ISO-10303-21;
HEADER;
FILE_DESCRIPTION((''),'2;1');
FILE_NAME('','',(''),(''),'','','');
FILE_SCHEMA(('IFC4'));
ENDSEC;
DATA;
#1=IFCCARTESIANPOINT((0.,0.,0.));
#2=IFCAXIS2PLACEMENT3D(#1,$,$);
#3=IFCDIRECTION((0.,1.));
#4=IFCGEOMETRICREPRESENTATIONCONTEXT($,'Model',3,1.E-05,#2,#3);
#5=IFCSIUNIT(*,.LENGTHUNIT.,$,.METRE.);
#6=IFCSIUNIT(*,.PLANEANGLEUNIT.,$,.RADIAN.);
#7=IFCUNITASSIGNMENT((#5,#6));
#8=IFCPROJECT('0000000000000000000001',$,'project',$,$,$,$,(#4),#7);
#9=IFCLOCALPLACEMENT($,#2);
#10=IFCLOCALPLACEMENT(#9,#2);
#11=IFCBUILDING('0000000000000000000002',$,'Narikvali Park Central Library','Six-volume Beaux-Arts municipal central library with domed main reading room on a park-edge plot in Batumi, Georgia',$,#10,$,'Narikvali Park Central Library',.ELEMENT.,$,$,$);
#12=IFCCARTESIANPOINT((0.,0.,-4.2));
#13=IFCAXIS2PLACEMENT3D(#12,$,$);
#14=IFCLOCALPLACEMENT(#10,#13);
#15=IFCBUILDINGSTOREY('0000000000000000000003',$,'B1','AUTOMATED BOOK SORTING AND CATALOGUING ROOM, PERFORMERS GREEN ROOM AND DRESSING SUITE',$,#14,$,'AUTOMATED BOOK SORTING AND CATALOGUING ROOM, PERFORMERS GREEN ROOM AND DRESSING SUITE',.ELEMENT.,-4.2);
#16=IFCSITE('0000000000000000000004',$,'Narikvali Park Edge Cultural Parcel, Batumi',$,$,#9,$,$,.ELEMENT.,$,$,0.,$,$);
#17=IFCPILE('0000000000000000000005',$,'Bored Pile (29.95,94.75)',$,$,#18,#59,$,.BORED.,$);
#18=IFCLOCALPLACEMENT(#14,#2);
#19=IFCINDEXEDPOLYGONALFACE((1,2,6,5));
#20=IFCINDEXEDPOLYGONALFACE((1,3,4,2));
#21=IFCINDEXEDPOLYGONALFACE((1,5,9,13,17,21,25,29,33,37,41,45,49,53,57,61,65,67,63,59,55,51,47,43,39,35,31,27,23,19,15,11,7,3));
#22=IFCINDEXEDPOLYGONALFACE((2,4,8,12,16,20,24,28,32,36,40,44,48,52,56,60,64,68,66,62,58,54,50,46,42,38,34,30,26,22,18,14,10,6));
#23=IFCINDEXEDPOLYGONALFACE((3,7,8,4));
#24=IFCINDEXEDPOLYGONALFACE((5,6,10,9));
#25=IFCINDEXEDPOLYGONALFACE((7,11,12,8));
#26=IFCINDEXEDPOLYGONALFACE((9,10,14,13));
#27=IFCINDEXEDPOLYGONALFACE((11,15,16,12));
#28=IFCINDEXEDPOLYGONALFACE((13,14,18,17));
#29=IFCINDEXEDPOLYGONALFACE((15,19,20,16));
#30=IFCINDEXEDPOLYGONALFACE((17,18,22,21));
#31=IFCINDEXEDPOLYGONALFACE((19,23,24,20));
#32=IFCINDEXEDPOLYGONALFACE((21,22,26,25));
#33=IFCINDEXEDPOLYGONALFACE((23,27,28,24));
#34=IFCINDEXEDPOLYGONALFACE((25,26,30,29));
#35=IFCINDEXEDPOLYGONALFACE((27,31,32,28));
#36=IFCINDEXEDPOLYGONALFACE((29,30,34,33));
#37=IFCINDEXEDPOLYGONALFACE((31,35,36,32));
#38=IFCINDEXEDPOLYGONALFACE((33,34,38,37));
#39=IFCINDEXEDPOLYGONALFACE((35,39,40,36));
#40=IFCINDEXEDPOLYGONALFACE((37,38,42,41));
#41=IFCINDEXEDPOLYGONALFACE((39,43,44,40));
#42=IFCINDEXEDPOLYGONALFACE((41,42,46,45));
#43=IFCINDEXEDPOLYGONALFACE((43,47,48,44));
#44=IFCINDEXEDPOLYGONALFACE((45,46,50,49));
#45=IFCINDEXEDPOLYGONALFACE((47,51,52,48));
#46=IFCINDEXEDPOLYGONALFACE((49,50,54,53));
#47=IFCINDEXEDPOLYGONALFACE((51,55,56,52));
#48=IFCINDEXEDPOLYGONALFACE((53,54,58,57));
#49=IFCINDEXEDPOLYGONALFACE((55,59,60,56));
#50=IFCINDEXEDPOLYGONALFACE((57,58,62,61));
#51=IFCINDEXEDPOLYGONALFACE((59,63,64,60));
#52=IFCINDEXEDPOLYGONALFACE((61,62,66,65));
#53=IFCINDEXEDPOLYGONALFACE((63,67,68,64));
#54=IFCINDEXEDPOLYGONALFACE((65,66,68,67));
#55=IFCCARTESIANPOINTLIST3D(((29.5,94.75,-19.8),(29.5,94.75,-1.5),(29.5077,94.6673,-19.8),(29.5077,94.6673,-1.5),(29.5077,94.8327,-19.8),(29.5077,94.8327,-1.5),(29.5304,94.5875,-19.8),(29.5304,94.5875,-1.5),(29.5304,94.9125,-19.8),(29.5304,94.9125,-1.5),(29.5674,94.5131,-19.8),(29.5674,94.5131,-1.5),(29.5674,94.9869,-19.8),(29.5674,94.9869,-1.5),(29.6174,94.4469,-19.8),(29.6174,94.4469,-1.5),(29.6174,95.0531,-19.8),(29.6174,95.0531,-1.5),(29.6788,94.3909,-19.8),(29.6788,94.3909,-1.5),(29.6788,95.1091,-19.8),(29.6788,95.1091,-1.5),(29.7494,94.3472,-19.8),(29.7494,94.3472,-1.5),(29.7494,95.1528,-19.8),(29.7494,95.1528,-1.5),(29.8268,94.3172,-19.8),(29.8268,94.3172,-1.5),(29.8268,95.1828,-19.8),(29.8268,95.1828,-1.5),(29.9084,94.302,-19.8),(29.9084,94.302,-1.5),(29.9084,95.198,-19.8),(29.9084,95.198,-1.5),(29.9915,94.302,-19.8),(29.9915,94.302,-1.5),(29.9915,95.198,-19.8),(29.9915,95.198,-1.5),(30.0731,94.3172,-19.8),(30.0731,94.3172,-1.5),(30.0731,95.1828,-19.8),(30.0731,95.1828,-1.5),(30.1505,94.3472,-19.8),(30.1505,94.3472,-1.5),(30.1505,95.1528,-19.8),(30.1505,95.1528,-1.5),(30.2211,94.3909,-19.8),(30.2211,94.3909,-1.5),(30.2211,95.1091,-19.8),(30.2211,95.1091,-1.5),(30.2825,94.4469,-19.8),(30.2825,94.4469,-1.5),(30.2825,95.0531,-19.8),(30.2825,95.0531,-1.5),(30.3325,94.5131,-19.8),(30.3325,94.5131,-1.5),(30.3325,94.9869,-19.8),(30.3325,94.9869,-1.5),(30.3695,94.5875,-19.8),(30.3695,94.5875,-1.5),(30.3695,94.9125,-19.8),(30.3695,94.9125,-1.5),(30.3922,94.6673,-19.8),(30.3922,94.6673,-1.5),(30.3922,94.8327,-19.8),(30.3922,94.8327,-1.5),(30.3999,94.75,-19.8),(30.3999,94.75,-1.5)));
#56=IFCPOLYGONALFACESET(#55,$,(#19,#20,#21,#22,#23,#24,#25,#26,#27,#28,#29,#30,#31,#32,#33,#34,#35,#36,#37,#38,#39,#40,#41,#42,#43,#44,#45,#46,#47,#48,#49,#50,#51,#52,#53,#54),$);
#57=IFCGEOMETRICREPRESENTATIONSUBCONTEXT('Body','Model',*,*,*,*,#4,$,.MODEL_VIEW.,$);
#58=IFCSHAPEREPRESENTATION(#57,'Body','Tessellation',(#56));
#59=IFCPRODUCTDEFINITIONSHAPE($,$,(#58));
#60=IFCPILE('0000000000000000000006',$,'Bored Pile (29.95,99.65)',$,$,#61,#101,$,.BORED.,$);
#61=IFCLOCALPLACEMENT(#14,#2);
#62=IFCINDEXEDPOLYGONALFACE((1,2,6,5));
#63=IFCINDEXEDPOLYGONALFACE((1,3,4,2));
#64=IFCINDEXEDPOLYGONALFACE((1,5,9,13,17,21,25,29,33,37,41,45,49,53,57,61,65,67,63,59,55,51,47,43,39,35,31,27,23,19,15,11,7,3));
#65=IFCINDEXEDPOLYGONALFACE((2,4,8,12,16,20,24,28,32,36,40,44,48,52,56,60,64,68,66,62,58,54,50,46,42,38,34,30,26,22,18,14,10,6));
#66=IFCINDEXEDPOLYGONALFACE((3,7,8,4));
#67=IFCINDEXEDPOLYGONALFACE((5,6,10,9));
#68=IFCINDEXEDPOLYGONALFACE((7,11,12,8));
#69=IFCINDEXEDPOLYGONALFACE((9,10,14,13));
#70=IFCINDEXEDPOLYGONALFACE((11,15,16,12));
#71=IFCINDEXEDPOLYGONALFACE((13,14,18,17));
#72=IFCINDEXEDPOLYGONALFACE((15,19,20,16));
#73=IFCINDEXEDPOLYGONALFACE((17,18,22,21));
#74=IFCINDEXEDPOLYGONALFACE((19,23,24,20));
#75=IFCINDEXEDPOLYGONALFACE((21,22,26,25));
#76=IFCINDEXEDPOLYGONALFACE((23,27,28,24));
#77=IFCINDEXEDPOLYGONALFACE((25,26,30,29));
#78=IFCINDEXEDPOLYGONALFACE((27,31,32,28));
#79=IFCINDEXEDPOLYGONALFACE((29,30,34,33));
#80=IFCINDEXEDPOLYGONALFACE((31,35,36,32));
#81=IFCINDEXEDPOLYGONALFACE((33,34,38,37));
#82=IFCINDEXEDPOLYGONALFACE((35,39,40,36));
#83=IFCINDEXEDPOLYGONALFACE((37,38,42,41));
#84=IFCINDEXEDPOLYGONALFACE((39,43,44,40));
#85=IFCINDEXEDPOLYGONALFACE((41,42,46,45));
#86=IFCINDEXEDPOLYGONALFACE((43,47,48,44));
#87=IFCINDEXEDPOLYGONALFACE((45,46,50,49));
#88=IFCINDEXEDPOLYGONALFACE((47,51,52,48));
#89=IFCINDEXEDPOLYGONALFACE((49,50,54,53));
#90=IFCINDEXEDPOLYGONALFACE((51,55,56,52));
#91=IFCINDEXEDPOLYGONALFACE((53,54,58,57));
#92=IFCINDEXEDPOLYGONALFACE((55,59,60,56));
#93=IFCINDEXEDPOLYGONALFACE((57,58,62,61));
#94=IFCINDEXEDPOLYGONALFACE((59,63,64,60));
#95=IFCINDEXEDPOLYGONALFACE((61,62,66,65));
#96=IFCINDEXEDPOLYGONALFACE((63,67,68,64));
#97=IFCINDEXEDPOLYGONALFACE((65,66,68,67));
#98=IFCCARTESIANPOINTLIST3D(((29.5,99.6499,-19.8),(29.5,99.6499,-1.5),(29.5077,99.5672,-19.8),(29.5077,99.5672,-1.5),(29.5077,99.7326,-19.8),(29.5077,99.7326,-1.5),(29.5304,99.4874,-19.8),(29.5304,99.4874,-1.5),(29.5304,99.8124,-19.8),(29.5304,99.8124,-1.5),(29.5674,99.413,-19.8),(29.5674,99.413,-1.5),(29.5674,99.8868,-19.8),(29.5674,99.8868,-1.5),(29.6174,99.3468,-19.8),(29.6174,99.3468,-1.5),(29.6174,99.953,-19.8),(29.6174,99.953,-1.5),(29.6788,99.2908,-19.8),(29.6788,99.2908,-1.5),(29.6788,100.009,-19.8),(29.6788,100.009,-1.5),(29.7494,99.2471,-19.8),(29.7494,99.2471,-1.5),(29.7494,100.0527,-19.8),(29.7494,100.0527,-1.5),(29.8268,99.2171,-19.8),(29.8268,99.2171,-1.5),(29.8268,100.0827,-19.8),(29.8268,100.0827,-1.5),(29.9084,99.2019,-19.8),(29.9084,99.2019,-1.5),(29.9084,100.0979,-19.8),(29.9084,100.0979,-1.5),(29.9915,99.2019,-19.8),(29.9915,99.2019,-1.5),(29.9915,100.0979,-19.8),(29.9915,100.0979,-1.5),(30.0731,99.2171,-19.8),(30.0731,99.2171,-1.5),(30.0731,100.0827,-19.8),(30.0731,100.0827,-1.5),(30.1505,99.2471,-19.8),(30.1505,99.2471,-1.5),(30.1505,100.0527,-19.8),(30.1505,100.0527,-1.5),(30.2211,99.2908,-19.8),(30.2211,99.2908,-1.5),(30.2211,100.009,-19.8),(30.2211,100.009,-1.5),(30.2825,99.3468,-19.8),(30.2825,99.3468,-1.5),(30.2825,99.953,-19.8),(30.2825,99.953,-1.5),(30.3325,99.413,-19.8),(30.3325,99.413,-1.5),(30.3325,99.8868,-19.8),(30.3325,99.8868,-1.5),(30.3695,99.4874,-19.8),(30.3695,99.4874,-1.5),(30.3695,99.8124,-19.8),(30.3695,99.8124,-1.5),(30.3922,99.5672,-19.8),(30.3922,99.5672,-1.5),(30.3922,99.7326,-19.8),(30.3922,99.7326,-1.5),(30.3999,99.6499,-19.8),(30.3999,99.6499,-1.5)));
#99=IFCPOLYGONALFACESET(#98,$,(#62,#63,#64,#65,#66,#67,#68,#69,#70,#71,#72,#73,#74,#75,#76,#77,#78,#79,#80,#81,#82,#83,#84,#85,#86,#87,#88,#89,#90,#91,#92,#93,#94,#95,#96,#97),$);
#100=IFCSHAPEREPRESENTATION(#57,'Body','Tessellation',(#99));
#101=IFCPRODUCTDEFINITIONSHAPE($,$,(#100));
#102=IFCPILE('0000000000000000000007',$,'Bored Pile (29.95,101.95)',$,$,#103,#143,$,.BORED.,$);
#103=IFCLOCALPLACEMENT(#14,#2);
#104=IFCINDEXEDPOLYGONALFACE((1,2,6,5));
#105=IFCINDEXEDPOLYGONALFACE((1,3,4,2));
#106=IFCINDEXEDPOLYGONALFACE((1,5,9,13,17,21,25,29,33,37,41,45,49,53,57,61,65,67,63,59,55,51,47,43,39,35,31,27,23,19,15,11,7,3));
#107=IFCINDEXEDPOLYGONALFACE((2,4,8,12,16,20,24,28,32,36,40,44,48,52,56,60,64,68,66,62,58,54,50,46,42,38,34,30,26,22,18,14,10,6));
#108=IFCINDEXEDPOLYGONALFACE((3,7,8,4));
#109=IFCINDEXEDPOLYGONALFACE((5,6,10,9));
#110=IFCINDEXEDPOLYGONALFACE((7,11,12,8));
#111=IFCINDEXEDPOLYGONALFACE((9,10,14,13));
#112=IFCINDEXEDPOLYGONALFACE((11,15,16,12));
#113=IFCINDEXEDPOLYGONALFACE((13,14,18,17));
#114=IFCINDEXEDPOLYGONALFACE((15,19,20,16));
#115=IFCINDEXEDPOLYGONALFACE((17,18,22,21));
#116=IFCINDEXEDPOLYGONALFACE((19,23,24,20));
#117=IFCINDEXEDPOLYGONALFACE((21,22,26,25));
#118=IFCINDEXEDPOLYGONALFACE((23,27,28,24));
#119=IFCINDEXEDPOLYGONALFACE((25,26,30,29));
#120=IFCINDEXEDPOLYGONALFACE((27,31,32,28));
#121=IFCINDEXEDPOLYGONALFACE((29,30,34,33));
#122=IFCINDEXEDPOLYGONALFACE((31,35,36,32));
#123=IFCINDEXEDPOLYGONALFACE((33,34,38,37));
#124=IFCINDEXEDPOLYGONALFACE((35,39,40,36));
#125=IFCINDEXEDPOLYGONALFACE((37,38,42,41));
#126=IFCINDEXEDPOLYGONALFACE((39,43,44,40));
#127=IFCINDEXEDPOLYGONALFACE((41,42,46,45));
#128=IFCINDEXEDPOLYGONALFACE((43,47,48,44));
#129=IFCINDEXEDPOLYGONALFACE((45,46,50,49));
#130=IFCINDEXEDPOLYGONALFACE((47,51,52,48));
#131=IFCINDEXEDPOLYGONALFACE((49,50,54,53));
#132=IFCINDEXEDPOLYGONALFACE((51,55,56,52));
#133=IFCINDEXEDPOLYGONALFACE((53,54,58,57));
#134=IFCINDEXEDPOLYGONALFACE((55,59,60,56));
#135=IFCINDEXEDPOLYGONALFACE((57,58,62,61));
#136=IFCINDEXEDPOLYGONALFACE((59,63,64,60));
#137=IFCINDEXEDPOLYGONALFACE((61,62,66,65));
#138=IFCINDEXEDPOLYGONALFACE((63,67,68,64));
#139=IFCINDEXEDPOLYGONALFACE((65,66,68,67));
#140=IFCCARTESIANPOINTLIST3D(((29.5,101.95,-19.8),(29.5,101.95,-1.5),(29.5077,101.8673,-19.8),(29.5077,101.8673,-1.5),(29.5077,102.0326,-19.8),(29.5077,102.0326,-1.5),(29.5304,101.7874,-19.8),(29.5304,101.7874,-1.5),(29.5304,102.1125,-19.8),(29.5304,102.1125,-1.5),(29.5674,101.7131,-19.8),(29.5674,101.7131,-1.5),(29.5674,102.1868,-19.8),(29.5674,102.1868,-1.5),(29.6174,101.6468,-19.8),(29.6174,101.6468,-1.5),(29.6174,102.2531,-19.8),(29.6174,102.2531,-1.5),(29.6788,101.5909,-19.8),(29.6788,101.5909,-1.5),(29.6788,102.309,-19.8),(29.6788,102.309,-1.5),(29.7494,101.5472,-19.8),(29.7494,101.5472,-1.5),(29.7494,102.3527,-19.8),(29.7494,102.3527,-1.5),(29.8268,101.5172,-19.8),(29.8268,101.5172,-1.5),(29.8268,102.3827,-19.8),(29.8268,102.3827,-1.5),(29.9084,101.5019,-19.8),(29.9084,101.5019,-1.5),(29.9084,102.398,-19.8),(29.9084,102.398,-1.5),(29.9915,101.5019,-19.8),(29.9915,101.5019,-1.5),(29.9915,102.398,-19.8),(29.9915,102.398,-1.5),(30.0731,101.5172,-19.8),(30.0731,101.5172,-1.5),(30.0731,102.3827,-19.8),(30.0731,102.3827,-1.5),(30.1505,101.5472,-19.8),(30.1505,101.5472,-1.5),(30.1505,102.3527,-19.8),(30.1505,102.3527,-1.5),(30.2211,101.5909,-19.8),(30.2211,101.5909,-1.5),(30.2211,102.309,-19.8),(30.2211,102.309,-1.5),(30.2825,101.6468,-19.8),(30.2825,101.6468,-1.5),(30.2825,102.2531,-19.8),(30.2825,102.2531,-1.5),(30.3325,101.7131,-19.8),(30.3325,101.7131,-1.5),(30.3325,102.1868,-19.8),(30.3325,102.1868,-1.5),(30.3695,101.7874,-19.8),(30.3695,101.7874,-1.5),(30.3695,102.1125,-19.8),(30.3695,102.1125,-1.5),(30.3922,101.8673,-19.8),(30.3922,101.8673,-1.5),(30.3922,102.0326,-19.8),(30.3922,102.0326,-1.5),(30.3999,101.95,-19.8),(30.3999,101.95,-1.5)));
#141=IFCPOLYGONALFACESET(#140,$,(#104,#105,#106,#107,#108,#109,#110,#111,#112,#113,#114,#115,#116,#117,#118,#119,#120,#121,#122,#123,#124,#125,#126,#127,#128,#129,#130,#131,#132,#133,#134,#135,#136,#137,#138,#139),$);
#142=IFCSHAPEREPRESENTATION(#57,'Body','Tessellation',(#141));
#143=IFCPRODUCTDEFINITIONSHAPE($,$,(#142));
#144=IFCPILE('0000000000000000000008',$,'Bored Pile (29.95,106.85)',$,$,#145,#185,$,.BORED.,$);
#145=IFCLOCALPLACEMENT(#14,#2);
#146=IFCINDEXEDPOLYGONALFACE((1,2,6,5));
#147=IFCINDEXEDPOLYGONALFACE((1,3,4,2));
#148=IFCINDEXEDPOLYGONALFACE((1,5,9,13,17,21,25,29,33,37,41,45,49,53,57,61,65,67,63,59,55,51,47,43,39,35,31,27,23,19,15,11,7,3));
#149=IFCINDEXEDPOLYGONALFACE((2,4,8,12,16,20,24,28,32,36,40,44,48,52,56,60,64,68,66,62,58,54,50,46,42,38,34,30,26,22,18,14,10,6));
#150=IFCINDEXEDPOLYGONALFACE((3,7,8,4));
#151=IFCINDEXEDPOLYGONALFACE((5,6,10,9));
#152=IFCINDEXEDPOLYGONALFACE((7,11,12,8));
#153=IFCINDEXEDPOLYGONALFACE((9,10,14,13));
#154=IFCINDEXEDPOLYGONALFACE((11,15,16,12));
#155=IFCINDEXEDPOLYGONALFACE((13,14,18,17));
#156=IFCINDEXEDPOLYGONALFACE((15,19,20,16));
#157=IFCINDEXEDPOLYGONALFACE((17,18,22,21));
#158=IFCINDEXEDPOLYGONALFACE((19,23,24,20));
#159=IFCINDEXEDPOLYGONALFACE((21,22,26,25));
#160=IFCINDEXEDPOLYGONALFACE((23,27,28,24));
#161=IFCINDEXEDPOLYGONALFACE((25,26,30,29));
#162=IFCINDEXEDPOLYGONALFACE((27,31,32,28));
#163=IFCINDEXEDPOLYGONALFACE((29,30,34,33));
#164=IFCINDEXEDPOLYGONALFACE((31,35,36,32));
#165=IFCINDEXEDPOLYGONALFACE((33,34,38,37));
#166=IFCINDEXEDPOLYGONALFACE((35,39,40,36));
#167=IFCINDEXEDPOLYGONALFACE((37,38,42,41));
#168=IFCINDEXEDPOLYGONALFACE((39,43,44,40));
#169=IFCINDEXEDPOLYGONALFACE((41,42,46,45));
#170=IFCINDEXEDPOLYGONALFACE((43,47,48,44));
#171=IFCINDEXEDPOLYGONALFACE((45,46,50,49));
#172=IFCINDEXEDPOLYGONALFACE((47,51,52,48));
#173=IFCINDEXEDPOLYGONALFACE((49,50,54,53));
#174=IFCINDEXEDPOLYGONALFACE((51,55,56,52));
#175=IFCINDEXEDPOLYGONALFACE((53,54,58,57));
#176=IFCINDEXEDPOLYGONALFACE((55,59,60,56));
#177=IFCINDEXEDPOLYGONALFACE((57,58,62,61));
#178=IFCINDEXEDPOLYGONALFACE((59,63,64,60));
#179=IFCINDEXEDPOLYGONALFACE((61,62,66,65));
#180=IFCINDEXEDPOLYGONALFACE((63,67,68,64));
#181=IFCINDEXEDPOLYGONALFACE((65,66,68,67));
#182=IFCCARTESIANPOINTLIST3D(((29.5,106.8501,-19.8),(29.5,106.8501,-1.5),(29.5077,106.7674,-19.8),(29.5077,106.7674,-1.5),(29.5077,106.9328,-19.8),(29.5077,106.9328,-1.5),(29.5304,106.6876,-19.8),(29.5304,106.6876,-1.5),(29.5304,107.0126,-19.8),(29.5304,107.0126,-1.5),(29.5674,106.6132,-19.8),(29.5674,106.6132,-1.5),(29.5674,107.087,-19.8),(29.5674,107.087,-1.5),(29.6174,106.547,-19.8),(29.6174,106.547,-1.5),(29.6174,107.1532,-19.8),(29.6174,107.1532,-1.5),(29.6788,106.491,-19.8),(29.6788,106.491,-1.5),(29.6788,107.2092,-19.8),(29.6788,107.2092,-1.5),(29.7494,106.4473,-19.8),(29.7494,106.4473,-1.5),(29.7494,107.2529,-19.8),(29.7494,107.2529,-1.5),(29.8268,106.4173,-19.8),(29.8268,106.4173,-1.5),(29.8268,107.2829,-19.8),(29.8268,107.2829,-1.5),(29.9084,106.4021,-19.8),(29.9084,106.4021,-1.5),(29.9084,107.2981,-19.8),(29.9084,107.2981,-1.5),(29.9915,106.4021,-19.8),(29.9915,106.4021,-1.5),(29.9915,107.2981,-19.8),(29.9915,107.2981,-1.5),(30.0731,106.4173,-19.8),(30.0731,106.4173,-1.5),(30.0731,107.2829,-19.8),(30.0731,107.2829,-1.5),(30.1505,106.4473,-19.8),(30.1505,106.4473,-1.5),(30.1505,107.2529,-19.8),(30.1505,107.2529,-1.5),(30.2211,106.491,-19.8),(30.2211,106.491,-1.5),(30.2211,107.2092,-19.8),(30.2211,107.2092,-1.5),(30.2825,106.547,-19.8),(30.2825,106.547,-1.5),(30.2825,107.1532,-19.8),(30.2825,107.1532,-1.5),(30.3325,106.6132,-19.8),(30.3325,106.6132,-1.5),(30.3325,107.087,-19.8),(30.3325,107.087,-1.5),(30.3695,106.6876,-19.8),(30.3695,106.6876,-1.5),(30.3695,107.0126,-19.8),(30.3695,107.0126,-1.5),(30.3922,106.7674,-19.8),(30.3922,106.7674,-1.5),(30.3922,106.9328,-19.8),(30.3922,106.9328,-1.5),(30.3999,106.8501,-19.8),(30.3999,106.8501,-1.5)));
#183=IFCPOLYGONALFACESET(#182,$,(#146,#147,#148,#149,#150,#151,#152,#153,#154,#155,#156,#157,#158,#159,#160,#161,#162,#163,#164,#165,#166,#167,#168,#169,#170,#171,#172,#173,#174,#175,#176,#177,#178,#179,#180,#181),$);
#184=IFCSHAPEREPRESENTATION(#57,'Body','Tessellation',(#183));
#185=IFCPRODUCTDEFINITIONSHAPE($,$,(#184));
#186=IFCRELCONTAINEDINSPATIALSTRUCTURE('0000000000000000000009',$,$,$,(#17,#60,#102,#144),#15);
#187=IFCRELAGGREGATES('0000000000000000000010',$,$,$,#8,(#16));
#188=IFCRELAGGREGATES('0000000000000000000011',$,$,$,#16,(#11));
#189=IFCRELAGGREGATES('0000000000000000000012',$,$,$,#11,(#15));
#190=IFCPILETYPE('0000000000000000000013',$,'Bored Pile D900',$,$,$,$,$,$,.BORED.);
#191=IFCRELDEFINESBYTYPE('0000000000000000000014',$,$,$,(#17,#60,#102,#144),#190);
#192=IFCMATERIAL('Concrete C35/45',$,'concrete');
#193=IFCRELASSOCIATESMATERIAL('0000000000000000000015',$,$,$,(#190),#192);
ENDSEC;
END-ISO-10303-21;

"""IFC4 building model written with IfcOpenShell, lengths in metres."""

from ifc_helpers import new_model, si_unit, direction, frame, origin, origin_2d, place, context, subcontext, project, spatial, circle, extrude, material, material_profile, profile_set, type_object, element, save


model = new_model("IFC4")

# Units and contexts
model_context = context("Model", 3, precision=1e-05, world=origin(), true_north=direction((0.0, 1.0)))
body_context = subcontext(model_context, "Body", "Model", "MODEL_VIEW")
ifc_project = project(units=[si_unit("LENGTHUNIT", "METRE"), si_unit("PLANEANGLEUNIT", "RADIAN")], contexts=[model_context])

# Site, building, storey
site_placement = place(None, origin())
site = spatial("IfcSite", under=ifc_project, at=site_placement, Name="Narikvali Park Edge Cultural Parcel, Batumi", CompositionType="ELEMENT", RefElevation=0.0)
building_placement = place(site_placement, origin())
building = spatial("IfcBuilding", under=site, at=building_placement, Name="Narikvali Park Central Library", Description="Six-volume Beaux-Arts municipal central library with domed main reading room on a park-edge plot in Batumi, Georgia", LongName="Narikvali Park Central Library", CompositionType="ELEMENT")
storey_placement = place(building_placement, frame((0.0, 0.0, -4.2)))
storey = spatial("IfcBuildingStorey", under=building, at=storey_placement, Name="B1", Description="AUTOMATED BOOK SORTING AND CATALOGUING ROOM, PERFORMERS GREEN ROOM AND DRESSING SUITE", LongName="AUTOMATED BOOK SORTING AND CATALOGUING ROOM, PERFORMERS GREEN ROOM AND DRESSING SUITE", CompositionType="ELEMENT", Elevation=-4.2)

# Piles
ifc_material_1 = material(Name="Concrete C35/45", Category="concrete")
ifc_material_profile_1 = material_profile(ifc_material_1, circle(Radius=0.45, at=origin_2d()), Name="PILE D900")
ifc_profile_set_1 = profile_set([ifc_material_profile_1], Name="Concrete C35/45")
pile_type = type_object("IfcPileType", Name="Bored Pile D900", PredefinedType="BORED", material=ifc_profile_set_1)
for number, where, z_axis, x_axis, name in (
    (1, (29.95, 94.75, -1.5), (0.0, 0.0, -1.0), (1.0, 0.0, 0.0), "Bored Pile (29.95,94.75)"),
    (2, (29.95, 99.6499, -1.5), (0.0, 0.0, -1.0), (1.0, 0.0, 0.0), "Bored Pile (29.95,99.65)"),
    (3, (29.95, 101.95, -1.5), (0.0, 0.0, -1.0), (1.0, 0.0, 0.0), "Bored Pile (29.95,101.95)"),
    (4, (29.95, 106.8501, -1.5), (0.0, 0.0, -1.0), (1.0, 0.0, 0.0), "Bored Pile (29.95,106.85)"),
):
    element("IfcPile", number, at=place(storey_placement, frame(where, z_axis=z_axis, x_axis=x_axis)), inside=storey, type_object=pile_type, Name=name, PredefinedType="BORED", context=body_context, shape_type="SweptSolid", body=[
        extrude(circle(Radius=0.45, at=origin_2d()), origin(), (0.0, 0.0, 1.0), 18.3),
    ])

save(model, "model.ifc")
